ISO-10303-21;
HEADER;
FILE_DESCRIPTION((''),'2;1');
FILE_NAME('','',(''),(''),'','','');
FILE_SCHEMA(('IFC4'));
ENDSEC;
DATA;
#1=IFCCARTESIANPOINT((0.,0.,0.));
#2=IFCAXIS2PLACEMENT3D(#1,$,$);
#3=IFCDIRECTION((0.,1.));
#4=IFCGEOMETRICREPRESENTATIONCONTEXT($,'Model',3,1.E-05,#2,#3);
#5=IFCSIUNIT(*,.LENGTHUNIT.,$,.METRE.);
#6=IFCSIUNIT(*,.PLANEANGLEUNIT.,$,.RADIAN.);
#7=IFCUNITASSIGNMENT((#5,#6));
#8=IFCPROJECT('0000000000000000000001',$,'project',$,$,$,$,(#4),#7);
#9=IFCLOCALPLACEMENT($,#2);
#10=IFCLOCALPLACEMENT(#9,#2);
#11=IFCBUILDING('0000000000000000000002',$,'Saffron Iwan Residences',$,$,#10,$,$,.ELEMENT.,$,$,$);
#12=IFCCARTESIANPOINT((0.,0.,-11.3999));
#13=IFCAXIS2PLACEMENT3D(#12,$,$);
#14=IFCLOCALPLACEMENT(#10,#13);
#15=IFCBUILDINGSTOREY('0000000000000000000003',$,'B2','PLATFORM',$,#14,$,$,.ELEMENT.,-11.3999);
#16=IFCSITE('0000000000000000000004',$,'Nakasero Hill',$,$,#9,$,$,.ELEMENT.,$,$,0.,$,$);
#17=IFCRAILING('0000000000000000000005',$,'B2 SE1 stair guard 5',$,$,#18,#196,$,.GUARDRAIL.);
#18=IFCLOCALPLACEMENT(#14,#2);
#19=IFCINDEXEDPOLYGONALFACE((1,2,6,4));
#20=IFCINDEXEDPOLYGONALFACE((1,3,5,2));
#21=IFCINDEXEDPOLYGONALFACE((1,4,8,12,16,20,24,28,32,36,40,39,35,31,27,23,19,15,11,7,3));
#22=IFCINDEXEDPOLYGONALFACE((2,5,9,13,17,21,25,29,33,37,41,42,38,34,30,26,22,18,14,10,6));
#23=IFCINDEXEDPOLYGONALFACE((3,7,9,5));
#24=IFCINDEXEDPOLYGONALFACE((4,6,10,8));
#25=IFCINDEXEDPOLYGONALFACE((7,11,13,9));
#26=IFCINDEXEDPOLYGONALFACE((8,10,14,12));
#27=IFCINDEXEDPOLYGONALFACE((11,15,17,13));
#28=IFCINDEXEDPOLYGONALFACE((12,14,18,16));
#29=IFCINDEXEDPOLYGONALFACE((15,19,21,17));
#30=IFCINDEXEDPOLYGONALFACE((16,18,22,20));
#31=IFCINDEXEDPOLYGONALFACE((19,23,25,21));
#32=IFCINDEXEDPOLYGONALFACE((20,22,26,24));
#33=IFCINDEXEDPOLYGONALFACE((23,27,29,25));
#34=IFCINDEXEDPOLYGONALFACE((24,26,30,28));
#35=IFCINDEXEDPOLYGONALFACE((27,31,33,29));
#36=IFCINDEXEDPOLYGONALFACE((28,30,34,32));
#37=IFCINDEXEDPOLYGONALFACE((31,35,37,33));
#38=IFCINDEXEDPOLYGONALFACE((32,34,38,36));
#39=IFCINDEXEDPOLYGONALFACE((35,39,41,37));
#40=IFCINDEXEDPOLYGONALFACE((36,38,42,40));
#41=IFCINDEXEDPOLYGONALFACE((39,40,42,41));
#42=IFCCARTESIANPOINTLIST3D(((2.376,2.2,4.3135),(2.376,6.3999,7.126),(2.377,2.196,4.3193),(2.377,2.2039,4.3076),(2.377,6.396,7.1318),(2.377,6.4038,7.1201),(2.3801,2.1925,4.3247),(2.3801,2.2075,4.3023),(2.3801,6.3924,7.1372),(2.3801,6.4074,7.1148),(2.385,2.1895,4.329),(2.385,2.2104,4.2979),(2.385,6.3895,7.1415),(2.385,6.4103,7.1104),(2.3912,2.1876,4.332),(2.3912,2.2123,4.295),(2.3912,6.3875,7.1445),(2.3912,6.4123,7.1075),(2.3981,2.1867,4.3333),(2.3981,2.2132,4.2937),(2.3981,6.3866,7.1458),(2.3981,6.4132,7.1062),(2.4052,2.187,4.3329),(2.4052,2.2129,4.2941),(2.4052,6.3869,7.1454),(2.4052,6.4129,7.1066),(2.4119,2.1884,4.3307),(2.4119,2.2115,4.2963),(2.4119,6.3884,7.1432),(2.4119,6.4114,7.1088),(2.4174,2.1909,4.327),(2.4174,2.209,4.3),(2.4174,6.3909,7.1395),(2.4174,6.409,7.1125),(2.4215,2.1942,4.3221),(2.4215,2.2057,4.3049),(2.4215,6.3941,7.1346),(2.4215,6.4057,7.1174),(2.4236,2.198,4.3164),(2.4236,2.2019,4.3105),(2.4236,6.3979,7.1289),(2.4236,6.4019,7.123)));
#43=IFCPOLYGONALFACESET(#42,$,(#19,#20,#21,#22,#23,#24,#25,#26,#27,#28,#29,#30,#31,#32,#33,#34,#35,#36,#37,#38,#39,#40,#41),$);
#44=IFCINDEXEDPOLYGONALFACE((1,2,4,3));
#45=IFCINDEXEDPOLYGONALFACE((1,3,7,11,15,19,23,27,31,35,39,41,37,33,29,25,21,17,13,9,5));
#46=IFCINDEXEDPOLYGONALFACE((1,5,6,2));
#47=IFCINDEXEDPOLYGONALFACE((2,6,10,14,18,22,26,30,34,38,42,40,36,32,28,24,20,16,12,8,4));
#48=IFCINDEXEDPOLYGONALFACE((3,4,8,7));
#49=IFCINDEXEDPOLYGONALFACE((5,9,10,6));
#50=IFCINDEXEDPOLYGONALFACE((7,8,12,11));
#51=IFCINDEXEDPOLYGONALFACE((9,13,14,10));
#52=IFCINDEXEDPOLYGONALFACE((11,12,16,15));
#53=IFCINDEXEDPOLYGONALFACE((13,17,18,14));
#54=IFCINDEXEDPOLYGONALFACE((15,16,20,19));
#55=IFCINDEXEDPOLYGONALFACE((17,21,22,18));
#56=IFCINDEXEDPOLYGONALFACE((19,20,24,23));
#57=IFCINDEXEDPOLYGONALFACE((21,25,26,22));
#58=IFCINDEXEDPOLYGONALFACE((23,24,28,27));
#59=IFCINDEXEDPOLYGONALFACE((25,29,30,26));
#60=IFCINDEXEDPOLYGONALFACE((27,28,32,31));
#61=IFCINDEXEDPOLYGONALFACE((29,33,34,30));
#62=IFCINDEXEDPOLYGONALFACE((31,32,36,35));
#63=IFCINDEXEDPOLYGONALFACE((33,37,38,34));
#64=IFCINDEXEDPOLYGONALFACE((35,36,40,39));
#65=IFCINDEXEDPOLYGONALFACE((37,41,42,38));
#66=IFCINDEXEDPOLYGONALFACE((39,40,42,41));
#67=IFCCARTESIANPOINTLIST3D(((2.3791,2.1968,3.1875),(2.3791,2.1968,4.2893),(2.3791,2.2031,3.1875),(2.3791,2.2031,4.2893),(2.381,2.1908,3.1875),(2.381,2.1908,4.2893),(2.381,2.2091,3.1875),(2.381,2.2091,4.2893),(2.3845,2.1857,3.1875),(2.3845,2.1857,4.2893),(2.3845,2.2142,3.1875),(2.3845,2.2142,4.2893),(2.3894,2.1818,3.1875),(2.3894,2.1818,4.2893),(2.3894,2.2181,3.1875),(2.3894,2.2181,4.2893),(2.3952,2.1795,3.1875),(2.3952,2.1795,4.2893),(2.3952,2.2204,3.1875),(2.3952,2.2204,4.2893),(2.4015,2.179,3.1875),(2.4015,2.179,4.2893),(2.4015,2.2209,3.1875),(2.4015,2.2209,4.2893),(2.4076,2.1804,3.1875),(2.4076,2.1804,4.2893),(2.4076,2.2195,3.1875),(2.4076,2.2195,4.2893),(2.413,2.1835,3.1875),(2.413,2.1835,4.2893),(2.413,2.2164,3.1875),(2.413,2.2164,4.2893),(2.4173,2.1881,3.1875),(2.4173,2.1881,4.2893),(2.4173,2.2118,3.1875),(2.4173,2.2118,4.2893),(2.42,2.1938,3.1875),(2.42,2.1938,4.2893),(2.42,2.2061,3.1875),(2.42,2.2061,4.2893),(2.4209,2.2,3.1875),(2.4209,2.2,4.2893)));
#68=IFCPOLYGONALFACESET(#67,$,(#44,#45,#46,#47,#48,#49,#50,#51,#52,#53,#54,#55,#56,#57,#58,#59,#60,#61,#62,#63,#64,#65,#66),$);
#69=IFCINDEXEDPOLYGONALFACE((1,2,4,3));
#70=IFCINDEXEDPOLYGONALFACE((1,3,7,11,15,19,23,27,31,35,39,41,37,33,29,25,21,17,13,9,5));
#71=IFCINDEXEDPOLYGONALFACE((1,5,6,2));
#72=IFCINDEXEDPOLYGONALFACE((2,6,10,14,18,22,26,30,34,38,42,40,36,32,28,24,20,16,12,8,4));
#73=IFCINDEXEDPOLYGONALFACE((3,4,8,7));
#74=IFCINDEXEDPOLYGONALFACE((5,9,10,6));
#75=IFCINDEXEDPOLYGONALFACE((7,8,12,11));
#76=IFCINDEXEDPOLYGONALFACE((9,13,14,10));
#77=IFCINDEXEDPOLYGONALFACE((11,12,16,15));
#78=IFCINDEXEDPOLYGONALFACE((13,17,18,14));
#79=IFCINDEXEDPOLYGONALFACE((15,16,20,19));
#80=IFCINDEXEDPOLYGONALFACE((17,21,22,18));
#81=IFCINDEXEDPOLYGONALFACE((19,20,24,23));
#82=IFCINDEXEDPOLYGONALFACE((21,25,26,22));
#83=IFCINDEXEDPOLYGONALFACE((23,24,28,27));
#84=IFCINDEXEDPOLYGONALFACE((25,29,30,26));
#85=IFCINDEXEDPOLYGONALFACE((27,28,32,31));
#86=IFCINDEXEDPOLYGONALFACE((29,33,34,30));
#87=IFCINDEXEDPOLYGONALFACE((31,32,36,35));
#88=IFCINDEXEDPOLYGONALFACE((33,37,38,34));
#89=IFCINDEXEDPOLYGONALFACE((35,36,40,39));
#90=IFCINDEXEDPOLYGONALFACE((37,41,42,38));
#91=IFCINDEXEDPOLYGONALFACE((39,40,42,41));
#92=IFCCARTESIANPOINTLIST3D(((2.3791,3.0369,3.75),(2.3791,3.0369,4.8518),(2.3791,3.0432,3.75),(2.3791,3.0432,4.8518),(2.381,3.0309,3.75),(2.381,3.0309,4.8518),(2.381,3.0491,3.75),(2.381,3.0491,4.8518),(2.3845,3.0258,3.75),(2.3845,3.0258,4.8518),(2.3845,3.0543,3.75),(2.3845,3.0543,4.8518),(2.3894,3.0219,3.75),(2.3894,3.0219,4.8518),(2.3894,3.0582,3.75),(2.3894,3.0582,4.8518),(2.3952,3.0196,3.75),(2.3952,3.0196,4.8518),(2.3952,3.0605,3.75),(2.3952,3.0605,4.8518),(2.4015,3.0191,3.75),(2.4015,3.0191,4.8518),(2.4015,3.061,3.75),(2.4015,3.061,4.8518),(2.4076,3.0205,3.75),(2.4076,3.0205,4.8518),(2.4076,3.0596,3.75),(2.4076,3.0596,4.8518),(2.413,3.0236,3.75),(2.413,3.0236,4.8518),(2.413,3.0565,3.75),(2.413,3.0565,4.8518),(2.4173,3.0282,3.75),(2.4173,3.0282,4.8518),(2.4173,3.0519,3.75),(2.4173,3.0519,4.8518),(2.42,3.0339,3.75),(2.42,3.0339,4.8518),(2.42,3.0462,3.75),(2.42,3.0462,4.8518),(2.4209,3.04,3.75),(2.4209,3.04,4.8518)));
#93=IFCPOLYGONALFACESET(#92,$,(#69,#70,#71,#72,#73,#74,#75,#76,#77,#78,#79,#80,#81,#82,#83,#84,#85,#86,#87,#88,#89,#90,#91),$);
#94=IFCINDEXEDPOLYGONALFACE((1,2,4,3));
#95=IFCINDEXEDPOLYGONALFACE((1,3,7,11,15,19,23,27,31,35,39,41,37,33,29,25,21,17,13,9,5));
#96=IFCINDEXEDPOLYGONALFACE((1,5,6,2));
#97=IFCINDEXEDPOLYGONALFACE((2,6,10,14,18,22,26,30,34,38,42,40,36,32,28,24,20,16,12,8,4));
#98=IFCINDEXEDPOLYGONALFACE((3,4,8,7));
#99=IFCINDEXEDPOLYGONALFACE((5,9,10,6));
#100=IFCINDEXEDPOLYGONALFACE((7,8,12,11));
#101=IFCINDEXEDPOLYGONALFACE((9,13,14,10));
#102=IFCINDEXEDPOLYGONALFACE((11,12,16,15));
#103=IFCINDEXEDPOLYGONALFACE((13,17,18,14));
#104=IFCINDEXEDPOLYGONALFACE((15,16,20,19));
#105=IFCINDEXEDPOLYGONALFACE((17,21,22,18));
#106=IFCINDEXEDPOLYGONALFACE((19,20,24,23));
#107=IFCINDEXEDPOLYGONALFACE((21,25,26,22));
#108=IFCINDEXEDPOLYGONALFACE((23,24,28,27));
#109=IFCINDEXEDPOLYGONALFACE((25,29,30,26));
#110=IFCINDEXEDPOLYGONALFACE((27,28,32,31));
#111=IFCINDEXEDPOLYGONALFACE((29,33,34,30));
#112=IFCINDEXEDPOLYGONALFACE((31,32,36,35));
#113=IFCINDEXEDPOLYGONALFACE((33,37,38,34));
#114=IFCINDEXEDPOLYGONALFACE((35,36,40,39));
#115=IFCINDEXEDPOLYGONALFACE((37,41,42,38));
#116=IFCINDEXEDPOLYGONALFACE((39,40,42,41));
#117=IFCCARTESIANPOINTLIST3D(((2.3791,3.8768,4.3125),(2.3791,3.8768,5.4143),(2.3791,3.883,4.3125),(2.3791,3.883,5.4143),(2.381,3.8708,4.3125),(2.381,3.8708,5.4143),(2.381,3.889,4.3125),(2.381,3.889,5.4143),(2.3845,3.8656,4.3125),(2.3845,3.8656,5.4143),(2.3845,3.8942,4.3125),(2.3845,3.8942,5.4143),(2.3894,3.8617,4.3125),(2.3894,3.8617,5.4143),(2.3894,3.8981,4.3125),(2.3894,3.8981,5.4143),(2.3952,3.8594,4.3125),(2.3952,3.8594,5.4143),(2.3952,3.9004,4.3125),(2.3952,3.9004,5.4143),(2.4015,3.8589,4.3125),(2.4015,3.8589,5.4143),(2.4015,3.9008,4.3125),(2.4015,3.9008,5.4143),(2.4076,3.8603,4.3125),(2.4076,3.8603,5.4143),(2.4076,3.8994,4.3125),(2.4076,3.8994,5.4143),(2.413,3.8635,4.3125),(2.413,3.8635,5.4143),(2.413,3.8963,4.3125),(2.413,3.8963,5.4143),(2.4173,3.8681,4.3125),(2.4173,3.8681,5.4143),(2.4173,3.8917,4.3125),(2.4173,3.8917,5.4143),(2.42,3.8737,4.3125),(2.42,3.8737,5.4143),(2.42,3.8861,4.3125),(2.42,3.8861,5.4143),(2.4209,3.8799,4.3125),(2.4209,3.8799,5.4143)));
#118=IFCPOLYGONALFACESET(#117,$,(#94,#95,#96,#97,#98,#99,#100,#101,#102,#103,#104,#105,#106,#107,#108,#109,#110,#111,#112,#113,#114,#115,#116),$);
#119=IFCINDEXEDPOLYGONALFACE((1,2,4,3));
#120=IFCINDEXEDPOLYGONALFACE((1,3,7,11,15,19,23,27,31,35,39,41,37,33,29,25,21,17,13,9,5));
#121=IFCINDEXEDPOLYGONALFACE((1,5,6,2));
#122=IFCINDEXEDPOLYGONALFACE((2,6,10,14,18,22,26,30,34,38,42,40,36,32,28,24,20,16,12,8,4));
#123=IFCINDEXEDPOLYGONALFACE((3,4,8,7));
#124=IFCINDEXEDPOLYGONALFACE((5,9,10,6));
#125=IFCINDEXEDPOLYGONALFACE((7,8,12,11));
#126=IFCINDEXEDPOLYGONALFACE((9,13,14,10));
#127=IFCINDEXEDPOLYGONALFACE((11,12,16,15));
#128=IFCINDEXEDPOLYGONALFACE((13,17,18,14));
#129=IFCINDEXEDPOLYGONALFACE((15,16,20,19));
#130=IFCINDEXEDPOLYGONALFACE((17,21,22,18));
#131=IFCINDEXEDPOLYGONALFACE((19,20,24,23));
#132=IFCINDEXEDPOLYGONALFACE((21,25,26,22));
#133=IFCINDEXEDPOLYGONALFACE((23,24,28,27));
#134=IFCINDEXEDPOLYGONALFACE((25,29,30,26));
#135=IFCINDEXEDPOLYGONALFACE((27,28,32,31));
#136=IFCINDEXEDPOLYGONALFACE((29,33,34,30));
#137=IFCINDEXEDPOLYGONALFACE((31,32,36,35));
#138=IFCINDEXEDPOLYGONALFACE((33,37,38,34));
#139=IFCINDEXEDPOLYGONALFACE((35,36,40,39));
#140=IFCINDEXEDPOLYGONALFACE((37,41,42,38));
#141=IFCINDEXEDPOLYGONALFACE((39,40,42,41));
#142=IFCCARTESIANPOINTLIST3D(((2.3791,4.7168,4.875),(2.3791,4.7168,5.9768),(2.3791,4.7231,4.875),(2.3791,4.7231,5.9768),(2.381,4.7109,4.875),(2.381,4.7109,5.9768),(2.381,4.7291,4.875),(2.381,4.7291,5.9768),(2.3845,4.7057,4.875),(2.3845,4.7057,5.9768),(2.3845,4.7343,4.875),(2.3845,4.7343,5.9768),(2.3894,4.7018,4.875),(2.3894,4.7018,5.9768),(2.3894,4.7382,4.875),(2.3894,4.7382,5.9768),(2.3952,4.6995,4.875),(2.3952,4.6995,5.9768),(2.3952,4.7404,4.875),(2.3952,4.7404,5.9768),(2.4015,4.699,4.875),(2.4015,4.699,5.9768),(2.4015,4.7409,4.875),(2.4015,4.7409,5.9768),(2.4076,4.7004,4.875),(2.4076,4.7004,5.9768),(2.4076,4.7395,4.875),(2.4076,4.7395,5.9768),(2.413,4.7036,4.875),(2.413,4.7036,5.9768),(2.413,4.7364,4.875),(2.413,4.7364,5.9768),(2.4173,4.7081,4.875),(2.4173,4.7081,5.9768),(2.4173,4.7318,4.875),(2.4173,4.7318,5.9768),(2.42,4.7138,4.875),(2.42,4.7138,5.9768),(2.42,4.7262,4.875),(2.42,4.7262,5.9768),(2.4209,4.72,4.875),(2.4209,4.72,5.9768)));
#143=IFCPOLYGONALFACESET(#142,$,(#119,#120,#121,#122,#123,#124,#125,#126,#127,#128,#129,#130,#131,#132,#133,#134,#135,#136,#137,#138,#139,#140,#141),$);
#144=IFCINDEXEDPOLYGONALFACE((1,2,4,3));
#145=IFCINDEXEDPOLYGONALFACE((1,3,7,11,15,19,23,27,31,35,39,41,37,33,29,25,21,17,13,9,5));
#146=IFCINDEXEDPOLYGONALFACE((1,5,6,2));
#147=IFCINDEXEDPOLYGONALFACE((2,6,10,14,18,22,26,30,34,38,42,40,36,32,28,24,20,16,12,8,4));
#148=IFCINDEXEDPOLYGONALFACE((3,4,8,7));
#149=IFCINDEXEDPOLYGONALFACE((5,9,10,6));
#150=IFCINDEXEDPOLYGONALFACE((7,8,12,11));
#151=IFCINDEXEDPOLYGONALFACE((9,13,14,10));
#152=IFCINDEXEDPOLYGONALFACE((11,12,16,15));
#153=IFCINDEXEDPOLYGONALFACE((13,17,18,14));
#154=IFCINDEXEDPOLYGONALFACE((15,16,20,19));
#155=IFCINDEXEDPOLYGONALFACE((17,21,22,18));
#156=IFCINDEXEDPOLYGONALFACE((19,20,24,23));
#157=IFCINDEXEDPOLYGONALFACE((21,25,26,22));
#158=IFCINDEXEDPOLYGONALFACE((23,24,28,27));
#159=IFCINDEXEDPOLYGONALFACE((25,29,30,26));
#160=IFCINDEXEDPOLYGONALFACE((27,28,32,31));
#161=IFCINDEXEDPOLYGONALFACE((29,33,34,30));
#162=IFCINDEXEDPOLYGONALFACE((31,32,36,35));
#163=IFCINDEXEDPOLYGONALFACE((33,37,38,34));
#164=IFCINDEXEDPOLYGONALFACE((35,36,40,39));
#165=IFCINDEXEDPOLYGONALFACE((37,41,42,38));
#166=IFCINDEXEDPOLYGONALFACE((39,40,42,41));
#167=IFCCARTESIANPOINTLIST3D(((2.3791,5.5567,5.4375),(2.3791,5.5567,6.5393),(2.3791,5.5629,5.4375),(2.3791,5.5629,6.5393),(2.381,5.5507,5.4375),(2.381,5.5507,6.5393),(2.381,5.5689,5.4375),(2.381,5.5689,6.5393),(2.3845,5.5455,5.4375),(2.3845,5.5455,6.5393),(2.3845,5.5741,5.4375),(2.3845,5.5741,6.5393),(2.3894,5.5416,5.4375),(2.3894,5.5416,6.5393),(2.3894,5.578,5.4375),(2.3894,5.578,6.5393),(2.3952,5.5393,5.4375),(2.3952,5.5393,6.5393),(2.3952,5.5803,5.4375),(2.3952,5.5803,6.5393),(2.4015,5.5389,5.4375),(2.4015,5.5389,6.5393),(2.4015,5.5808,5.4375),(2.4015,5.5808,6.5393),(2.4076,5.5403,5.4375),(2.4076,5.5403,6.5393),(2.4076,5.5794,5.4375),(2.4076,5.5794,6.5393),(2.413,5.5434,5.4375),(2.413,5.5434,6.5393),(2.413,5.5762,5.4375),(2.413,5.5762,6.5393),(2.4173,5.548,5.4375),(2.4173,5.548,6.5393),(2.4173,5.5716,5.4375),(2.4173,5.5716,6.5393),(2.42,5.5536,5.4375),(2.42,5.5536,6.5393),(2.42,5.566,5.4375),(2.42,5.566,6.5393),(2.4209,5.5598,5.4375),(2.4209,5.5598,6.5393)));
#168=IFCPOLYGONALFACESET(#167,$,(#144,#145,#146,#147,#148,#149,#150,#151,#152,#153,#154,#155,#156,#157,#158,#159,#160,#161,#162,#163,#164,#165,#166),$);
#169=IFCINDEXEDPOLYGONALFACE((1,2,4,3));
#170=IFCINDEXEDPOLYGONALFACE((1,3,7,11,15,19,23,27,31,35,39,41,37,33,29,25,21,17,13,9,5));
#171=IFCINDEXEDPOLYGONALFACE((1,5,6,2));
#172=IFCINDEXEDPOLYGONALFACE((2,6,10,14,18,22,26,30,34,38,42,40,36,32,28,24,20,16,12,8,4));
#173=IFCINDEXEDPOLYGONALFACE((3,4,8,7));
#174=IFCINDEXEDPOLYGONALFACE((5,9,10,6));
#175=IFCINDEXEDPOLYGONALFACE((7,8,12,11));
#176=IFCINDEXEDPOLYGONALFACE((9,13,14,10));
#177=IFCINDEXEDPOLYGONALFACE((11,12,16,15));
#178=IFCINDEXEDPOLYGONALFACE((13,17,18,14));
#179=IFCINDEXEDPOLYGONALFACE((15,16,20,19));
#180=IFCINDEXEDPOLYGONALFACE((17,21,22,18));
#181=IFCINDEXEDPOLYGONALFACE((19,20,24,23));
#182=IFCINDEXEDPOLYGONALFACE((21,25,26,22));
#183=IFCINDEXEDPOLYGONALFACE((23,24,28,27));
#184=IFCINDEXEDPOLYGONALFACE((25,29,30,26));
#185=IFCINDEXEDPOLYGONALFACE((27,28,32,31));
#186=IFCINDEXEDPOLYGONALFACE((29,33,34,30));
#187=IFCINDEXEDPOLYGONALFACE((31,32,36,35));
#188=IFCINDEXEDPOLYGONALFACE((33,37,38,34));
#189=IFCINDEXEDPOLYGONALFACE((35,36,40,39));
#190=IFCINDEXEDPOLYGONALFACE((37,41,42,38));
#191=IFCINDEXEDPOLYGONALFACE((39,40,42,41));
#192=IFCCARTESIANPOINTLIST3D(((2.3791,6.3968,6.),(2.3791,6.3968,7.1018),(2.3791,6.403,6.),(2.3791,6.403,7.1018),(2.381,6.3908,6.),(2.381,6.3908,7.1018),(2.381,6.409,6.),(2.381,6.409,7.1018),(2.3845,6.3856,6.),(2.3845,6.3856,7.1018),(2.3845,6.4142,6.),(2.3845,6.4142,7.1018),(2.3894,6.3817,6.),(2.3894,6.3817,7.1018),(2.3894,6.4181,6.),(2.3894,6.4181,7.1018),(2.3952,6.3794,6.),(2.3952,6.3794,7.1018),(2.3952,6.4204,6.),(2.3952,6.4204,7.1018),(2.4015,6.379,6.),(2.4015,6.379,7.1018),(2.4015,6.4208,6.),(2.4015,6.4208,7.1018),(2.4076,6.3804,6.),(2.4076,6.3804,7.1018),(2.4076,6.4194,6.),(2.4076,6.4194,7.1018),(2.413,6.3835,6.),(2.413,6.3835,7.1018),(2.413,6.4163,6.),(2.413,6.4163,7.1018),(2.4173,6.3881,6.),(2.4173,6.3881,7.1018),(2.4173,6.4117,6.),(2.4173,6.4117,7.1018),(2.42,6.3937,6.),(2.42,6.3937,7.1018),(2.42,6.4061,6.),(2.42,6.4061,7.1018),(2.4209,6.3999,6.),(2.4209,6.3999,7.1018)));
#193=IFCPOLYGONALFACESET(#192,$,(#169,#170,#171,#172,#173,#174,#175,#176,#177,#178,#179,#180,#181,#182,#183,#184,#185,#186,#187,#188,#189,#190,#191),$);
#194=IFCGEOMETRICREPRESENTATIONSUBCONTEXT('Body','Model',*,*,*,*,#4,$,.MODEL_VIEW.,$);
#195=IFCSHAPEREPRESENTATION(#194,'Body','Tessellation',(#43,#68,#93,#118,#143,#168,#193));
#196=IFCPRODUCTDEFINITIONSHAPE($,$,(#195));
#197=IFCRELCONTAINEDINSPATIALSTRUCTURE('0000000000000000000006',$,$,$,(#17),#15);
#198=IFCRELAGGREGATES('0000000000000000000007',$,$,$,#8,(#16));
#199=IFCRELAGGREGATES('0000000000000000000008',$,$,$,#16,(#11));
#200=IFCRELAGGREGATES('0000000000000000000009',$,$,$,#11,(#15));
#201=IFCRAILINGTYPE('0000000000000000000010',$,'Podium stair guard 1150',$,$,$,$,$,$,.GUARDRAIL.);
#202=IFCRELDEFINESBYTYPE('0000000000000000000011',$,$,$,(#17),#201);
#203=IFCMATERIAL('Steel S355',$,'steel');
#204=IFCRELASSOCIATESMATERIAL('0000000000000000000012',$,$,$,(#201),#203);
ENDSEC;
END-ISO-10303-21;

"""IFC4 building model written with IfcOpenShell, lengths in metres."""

from ifc_helpers import new_model, si_unit, direction, frame, origin, origin_2d, place, context, subcontext, project, spatial, circle, extrude, material, type_object, element, save


model = new_model("IFC4")

# Units and contexts
model_context = context("Model", 3, precision=1e-05, world=origin(), true_north=direction((0.0, 1.0)))
body_context = subcontext(model_context, "Body", "Model", "MODEL_VIEW")
ifc_project = project(units=[si_unit("LENGTHUNIT", "METRE"), si_unit("PLANEANGLEUNIT", "RADIAN")], contexts=[model_context])

# Site, building, storey
site_placement = place(None, origin())
site = spatial("IfcSite", under=ifc_project, at=site_placement, Name="Nakasero Hill", CompositionType="ELEMENT", RefElevation=0.0)
building_placement = place(site_placement, origin())
building = spatial("IfcBuilding", under=site, at=building_placement, Name="Saffron Iwan Residences", CompositionType="ELEMENT")
storey_placement = place(building_placement, frame((0.0, 0.0, -11.3999)))
storey = spatial("IfcBuildingStorey", under=building, at=storey_placement, Name="B2", Description="PLATFORM", CompositionType="ELEMENT", Elevation=-11.3999)

# Railing
ifc_material_1 = material(Name="Steel S355", Category="steel")
railing_type_1 = type_object("IfcRailingType", Name="Podium stair guard 1150", PredefinedType="GUARDRAIL", material=ifc_material_1)
railing_1_placement = place(storey_placement, frame((2.3999, 2.2, 3.1875)))
element("IfcRailing", 1, at=railing_1_placement, inside=storey, type_object=railing_type_1, Name="B2 SE1 stair guard 5", PredefinedType="GUARDRAIL", context=body_context, shape_type="SweptSolid", body=[
    extrude(circle(Radius=0.0239, at=origin_2d()), frame((0.0, 0.0, 1.126), z_axis=(0.0, 0.830904, 0.556416), x_axis=(-1.0, 0.0, 0.0)), (0.0, 0.0, 1.0), 5.0547),
    extrude(circle(Radius=0.021, at=origin_2d()), origin(), (0.0, 0.0, 1.0), 1.1018),
    extrude(circle(Radius=0.021, at=origin_2d()), frame((0.0, 0.8401, 0.5625)), (0.0, 0.0, 1.0), 1.1018),
    extrude(circle(Radius=0.021, at=origin_2d()), frame((0.0, 1.6799, 1.125)), (0.0, 0.0, 1.0), 1.1018),
    extrude(circle(Radius=0.021, at=origin_2d()), frame((0.0, 2.52, 1.6875)), (0.0, 0.0, 1.0), 1.1018),
    extrude(circle(Radius=0.021, at=origin_2d()), frame((0.0, 3.3599, 2.25)), (0.0, 0.0, 1.0), 1.1018),
    extrude(circle(Radius=0.021, at=origin_2d()), frame((0.0, 4.2, 2.8125)), (0.0, 0.0, 1.0), 1.1018),
])

save(model, "model.ifc")
